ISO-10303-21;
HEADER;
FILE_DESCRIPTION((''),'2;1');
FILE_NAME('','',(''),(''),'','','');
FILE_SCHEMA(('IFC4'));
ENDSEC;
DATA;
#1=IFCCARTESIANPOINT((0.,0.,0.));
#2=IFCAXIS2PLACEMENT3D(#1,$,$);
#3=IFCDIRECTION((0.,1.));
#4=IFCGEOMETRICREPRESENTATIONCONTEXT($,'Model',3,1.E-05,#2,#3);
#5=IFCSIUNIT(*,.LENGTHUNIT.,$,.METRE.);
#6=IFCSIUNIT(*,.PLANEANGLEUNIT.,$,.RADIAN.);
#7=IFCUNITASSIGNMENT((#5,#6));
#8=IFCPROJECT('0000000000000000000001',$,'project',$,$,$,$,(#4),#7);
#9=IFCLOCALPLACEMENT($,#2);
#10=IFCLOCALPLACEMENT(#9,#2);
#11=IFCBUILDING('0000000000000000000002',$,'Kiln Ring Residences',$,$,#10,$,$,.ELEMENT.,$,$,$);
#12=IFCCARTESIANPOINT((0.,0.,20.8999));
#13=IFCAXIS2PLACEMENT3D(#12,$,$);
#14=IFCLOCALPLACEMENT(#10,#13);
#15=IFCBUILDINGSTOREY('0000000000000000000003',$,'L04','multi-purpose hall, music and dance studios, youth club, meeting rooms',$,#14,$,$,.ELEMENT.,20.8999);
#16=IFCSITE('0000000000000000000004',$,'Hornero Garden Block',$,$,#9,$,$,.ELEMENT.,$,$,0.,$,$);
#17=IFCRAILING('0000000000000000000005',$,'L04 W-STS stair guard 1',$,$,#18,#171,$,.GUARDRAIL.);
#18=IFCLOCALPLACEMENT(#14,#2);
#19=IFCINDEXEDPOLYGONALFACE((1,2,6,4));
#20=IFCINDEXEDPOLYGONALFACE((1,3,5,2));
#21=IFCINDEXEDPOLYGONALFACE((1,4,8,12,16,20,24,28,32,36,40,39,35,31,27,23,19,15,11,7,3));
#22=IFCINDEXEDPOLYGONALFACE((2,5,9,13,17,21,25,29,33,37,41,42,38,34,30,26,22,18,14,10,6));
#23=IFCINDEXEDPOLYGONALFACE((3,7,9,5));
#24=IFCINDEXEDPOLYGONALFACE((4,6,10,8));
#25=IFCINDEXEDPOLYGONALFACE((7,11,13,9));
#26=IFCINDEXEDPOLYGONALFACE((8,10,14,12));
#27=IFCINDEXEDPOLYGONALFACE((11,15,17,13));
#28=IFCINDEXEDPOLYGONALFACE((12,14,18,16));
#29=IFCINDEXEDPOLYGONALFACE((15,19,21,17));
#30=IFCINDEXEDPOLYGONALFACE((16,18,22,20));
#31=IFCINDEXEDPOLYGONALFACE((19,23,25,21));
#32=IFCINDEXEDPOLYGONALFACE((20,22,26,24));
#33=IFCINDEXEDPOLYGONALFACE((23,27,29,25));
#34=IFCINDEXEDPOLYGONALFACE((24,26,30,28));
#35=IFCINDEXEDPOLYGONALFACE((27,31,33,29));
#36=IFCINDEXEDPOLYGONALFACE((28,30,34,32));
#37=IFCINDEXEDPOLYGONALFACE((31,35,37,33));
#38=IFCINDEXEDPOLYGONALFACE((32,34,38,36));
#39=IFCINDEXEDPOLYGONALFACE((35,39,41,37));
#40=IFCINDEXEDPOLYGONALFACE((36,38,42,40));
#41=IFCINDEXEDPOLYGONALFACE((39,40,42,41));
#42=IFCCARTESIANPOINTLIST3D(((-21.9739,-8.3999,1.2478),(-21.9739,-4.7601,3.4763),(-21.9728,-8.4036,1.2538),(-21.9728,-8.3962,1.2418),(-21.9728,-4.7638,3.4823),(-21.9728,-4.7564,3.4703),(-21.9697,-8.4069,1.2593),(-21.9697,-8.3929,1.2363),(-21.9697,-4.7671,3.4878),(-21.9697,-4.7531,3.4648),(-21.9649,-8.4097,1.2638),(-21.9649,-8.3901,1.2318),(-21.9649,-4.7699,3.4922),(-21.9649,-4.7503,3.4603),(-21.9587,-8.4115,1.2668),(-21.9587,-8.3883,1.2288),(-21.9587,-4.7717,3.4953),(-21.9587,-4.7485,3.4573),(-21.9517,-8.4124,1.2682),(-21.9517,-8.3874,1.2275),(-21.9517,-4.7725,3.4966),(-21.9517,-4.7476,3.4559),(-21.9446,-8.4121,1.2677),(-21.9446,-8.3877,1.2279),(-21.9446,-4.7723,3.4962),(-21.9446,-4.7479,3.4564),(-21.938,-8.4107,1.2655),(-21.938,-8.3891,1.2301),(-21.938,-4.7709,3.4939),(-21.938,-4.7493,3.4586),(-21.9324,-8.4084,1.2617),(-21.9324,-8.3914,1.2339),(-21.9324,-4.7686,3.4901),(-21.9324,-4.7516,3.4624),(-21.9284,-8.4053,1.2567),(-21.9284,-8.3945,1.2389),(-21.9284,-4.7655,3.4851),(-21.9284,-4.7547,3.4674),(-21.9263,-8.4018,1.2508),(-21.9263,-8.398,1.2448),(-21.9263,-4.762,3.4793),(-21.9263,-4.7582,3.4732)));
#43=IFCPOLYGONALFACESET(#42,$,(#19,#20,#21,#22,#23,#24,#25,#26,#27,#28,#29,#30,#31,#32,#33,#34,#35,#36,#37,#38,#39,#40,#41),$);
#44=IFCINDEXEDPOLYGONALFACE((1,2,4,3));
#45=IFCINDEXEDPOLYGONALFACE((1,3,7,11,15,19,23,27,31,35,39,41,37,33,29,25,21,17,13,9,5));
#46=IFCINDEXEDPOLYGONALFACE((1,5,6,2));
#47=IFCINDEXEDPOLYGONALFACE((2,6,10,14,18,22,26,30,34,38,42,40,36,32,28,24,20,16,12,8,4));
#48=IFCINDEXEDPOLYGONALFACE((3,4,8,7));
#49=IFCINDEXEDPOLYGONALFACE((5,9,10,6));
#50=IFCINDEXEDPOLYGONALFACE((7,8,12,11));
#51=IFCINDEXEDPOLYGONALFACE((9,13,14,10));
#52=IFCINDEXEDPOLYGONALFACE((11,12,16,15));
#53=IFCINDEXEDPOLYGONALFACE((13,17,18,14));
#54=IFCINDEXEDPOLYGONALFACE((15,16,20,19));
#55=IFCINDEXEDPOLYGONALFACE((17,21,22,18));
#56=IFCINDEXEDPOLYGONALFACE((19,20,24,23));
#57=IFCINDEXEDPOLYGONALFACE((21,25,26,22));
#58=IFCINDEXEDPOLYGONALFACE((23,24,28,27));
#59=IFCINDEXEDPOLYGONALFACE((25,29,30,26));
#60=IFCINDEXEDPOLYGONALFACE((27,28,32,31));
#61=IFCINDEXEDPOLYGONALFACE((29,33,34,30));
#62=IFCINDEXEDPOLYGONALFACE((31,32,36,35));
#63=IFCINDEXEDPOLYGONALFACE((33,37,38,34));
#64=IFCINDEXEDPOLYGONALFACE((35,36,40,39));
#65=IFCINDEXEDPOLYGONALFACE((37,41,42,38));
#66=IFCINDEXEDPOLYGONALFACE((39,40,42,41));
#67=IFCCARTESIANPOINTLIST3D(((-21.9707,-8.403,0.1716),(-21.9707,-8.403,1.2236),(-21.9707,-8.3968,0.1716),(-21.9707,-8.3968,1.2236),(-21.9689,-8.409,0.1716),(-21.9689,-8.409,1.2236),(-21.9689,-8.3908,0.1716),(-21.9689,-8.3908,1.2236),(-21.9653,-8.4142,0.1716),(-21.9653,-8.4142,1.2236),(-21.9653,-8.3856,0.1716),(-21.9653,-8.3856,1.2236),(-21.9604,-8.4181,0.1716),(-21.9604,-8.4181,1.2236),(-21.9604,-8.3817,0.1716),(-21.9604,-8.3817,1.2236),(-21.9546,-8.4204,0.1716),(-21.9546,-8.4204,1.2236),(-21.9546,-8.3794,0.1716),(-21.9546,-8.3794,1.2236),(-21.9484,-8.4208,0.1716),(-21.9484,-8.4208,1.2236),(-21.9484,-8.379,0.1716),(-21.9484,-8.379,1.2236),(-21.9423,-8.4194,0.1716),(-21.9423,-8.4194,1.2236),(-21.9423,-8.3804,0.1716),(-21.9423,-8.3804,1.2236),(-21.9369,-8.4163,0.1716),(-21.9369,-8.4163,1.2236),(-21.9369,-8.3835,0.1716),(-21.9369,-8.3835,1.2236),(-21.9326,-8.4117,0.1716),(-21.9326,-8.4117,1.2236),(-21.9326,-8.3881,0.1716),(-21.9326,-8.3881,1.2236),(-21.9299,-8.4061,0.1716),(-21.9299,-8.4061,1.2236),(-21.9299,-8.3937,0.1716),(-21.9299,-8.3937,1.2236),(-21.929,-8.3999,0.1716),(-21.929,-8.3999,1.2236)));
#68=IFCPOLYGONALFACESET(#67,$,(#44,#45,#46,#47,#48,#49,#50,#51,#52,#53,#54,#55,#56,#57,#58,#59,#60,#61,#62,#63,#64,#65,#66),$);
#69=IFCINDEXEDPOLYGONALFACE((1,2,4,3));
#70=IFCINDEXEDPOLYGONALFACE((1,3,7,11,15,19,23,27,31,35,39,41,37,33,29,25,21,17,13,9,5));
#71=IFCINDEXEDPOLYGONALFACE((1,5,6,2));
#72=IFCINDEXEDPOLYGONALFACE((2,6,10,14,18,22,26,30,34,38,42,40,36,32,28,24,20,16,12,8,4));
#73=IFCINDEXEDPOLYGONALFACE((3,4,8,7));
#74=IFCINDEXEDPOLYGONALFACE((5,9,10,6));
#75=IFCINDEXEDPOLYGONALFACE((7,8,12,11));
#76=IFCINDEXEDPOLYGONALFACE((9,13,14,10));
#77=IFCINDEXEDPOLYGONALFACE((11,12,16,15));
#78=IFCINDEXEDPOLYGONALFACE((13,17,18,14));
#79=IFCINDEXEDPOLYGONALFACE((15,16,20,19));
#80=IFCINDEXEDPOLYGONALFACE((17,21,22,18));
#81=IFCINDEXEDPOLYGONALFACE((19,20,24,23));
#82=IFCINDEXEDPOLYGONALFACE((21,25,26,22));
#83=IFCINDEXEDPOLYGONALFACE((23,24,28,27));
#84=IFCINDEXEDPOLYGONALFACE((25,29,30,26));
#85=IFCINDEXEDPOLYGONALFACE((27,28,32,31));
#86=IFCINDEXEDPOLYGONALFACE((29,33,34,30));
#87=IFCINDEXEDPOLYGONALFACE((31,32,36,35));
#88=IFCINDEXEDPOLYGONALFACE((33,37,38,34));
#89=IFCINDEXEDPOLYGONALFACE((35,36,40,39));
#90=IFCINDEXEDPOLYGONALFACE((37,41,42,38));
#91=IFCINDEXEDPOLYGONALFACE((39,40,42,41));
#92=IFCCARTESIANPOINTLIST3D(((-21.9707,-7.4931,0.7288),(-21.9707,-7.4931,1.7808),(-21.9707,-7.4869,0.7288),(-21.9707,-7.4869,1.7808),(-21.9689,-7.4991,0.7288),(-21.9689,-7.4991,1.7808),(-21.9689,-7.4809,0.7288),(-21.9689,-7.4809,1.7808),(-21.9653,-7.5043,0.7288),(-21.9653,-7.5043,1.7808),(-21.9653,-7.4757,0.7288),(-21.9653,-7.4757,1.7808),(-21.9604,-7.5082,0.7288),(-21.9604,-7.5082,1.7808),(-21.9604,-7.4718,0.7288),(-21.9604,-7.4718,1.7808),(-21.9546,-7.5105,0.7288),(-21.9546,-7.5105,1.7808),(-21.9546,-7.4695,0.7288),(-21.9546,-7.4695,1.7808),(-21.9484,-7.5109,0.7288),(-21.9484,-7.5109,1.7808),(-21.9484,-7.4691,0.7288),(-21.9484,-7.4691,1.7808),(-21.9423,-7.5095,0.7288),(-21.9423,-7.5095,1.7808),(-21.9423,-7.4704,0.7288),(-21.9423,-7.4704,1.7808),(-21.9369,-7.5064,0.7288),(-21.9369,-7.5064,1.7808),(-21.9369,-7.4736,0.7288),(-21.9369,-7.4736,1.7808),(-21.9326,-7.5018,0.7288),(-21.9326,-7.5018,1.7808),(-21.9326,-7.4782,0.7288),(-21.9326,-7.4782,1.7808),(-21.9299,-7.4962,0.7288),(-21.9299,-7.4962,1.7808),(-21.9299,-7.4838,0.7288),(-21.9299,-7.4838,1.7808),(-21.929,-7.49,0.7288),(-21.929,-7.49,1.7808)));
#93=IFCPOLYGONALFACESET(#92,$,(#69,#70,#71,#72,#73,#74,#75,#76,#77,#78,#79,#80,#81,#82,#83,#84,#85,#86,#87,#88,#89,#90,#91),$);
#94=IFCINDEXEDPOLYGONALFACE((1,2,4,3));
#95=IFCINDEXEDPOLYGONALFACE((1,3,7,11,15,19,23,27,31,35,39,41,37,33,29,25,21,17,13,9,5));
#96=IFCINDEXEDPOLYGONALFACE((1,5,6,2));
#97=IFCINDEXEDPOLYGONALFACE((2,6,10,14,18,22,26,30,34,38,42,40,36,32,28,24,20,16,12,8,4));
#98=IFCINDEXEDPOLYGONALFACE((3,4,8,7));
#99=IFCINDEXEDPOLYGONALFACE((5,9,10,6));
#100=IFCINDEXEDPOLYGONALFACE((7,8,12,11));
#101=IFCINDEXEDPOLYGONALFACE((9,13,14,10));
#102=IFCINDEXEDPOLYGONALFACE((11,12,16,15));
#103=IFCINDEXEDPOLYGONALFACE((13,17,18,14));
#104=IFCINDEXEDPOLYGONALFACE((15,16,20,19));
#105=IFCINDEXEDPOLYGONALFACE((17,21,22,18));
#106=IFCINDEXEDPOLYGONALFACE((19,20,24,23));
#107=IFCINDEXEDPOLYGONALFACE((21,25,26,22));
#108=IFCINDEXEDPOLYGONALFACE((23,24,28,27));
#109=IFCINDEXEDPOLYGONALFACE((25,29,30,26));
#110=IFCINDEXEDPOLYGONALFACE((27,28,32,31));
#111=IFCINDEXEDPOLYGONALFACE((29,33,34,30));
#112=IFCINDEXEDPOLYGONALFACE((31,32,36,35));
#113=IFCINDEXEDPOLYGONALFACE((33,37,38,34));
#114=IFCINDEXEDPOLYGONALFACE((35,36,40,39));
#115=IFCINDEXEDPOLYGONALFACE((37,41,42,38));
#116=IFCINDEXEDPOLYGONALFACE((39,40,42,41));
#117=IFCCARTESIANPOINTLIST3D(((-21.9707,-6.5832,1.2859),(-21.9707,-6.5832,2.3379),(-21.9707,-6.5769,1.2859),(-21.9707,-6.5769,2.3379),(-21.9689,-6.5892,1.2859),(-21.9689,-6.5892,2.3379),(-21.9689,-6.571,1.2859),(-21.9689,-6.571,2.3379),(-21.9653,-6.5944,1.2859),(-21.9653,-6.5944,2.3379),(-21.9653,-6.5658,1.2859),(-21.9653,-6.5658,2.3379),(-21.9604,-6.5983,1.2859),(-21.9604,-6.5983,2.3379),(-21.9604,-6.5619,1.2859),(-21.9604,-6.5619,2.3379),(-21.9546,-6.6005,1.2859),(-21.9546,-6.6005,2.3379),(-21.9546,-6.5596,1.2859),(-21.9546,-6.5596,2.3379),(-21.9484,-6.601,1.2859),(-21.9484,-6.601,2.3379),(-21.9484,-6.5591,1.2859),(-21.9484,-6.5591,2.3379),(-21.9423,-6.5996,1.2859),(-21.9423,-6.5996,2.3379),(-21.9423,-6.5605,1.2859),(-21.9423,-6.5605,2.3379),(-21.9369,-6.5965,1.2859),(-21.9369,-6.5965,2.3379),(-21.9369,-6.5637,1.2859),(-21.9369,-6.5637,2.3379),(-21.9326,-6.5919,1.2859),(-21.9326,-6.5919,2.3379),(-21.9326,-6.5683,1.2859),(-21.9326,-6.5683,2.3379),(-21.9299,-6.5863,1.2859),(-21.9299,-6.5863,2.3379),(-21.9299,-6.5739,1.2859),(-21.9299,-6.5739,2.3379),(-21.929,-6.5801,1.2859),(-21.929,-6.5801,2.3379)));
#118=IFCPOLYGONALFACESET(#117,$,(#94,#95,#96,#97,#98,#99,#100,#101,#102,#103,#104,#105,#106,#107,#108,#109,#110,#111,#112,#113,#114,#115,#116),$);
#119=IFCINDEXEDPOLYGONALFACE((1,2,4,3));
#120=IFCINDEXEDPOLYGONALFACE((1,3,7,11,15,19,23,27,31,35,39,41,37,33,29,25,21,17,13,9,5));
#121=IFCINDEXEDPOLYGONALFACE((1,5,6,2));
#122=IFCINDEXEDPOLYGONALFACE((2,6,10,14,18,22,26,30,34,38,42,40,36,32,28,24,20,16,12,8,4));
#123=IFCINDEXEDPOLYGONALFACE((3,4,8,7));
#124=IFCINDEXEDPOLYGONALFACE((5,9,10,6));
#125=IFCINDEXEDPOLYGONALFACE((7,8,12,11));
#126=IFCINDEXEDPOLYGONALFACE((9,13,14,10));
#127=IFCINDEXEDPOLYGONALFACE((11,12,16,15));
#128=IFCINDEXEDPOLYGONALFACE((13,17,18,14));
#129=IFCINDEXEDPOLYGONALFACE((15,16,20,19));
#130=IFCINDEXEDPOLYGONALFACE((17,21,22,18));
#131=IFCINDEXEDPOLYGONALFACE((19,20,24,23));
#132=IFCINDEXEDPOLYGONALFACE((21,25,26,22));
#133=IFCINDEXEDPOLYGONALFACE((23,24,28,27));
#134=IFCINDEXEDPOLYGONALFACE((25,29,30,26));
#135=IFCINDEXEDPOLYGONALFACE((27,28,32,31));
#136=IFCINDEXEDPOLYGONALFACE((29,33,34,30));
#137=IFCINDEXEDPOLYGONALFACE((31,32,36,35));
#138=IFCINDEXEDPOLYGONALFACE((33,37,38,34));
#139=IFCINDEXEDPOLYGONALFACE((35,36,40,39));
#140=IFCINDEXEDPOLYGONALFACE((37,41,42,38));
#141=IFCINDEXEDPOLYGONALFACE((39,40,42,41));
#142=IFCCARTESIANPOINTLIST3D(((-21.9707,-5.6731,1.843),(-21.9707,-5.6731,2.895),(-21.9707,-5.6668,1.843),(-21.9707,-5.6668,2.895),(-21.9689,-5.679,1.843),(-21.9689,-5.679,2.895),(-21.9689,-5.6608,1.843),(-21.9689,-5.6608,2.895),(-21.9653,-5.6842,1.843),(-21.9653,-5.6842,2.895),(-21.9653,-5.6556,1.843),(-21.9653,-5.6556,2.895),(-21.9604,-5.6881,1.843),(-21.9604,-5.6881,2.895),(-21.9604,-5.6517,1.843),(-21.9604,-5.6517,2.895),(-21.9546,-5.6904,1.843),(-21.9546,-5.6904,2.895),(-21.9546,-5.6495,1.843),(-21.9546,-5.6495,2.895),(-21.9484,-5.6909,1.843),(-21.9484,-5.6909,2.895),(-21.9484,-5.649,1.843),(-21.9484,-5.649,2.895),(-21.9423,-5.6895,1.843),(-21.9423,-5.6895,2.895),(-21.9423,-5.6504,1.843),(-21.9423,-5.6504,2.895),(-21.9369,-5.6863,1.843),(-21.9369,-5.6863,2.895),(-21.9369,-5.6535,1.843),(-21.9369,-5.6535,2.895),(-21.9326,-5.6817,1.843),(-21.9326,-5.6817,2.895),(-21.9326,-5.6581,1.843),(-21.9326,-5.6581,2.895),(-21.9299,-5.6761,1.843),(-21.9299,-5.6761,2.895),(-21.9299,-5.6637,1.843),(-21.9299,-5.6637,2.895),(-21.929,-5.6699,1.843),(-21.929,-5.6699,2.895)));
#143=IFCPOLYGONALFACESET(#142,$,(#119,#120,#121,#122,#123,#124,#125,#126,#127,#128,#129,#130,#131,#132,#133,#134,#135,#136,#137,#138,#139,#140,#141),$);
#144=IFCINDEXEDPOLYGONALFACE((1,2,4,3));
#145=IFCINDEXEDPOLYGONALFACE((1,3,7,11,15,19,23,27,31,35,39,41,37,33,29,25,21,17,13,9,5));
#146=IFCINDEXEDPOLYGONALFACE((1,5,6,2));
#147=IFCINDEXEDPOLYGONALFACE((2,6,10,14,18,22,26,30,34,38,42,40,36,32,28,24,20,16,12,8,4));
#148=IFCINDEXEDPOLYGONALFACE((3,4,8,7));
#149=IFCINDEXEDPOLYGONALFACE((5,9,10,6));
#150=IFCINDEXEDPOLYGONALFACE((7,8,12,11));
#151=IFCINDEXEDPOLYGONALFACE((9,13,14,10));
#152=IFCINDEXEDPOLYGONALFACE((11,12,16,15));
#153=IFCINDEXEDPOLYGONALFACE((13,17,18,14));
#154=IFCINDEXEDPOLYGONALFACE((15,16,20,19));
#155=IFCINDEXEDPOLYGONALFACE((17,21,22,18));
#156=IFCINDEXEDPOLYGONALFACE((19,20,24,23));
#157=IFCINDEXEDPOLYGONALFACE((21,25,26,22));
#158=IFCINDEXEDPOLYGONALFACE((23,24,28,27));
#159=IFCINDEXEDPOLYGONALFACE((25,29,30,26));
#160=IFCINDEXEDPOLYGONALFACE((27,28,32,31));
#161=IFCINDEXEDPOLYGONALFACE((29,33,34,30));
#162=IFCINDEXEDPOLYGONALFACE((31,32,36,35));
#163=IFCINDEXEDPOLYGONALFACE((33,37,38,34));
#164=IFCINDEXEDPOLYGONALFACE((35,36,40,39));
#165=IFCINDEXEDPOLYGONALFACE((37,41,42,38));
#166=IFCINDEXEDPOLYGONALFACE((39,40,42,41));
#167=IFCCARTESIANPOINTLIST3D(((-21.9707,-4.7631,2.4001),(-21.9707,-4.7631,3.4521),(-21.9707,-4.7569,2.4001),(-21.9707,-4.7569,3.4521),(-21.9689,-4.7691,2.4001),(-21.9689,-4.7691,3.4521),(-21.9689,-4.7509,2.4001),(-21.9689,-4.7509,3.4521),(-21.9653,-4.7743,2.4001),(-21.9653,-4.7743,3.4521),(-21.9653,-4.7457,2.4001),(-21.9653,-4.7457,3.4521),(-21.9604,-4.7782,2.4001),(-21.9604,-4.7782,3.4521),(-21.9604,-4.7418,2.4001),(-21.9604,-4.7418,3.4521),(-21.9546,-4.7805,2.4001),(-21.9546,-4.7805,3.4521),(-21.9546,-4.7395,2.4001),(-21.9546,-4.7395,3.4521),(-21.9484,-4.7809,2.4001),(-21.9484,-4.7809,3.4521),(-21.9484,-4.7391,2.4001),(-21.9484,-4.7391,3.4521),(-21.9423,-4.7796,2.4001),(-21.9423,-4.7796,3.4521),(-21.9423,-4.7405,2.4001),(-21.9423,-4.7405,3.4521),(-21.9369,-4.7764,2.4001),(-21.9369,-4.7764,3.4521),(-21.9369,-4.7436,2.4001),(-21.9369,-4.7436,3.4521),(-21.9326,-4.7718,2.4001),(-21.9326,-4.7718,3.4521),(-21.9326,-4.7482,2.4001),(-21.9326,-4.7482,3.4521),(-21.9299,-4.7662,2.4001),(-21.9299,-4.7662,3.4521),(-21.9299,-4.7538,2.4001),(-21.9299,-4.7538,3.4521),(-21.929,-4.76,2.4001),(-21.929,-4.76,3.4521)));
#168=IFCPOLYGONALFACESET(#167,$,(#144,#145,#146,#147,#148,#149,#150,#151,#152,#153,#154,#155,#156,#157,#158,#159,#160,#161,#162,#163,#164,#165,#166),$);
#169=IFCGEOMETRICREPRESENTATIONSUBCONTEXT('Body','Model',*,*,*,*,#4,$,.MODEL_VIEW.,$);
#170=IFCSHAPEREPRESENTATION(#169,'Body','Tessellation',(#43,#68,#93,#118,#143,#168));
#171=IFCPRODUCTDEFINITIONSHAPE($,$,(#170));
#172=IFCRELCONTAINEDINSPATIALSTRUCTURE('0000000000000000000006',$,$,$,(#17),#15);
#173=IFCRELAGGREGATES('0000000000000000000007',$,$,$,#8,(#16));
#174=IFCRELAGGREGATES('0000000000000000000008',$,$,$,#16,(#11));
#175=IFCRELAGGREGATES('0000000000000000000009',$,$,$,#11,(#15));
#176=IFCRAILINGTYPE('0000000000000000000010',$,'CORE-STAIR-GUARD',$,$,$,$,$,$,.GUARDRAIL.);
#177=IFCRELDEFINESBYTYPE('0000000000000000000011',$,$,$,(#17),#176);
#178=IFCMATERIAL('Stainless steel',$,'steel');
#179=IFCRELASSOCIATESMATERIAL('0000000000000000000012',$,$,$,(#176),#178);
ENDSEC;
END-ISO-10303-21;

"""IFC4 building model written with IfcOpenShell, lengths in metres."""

from ifc_helpers import new_model, si_unit, direction, frame, origin, origin_2d, place, context, subcontext, project, spatial, circle, extrude, material, type_object, element, save


model = new_model("IFC4")

# Units and contexts
model_context = context("Model", 3, precision=1e-05, world=origin(), true_north=direction((0.0, 1.0)))
body_context = subcontext(model_context, "Body", "Model", "MODEL_VIEW")
ifc_project = project(units=[si_unit("LENGTHUNIT", "METRE"), si_unit("PLANEANGLEUNIT", "RADIAN")], contexts=[model_context])

# Site, building, storey
site_placement = place(None, origin())
site = spatial("IfcSite", under=ifc_project, at=site_placement, Name="Hornero Garden Block", CompositionType="ELEMENT", RefElevation=0.0)
building_placement = place(site_placement, origin())
building = spatial("IfcBuilding", under=site, at=building_placement, Name="Kiln Ring Residences", CompositionType="ELEMENT")
storey_placement = place(building_placement, frame((0.0, 0.0, 20.8999)))
storey = spatial("IfcBuildingStorey", under=building, at=storey_placement, Name="L04", Description="multi-purpose hall, music and dance studios, youth club, meeting rooms", CompositionType="ELEMENT", Elevation=20.8999)

# Railing
ifc_material_1 = material(Name="Stainless steel", Category="steel")
railing_type_1 = type_object("IfcRailingType", Name="CORE-STAIR-GUARD", PredefinedType="GUARDRAIL", material=ifc_material_1)
railing_1_placement = place(storey_placement, frame((-21.95, -8.3999, 0.1716)))
element("IfcRailing", 1, at=railing_1_placement, inside=storey, type_object=railing_type_1, Name="L04 W-STS stair guard 1", PredefinedType="GUARDRAIL", context=body_context, shape_type="SweptSolid", body=[
    extrude(circle(Radius=0.0239, at=origin_2d()), frame((0.0, 0.0, 1.0762), z_axis=(0.0, 0.85285, 0.522156), x_axis=(-1.0, 0.0, 0.0)), (0.0, 0.0, 1.0), 4.2678),
    extrude(circle(Radius=0.021, at=origin_2d()), origin(), (0.0, 0.0, 1.0), 1.052),
    extrude(circle(Radius=0.021, at=origin_2d()), frame((0.0, 0.9099, 0.5571)), (0.0, 0.0, 1.0), 1.052),
    extrude(circle(Radius=0.021, at=origin_2d()), frame((0.0, 1.8198, 1.1143)), (0.0, 0.0, 1.0), 1.052),
    extrude(circle(Radius=0.021, at=origin_2d()), frame((0.0, 2.73, 1.6714)), (0.0, 0.0, 1.0), 1.052),
    extrude(circle(Radius=0.021, at=origin_2d()), frame((0.0, 3.6399, 2.2285)), (0.0, 0.0, 1.0), 1.052),
])

save(model, "model.ifc")
